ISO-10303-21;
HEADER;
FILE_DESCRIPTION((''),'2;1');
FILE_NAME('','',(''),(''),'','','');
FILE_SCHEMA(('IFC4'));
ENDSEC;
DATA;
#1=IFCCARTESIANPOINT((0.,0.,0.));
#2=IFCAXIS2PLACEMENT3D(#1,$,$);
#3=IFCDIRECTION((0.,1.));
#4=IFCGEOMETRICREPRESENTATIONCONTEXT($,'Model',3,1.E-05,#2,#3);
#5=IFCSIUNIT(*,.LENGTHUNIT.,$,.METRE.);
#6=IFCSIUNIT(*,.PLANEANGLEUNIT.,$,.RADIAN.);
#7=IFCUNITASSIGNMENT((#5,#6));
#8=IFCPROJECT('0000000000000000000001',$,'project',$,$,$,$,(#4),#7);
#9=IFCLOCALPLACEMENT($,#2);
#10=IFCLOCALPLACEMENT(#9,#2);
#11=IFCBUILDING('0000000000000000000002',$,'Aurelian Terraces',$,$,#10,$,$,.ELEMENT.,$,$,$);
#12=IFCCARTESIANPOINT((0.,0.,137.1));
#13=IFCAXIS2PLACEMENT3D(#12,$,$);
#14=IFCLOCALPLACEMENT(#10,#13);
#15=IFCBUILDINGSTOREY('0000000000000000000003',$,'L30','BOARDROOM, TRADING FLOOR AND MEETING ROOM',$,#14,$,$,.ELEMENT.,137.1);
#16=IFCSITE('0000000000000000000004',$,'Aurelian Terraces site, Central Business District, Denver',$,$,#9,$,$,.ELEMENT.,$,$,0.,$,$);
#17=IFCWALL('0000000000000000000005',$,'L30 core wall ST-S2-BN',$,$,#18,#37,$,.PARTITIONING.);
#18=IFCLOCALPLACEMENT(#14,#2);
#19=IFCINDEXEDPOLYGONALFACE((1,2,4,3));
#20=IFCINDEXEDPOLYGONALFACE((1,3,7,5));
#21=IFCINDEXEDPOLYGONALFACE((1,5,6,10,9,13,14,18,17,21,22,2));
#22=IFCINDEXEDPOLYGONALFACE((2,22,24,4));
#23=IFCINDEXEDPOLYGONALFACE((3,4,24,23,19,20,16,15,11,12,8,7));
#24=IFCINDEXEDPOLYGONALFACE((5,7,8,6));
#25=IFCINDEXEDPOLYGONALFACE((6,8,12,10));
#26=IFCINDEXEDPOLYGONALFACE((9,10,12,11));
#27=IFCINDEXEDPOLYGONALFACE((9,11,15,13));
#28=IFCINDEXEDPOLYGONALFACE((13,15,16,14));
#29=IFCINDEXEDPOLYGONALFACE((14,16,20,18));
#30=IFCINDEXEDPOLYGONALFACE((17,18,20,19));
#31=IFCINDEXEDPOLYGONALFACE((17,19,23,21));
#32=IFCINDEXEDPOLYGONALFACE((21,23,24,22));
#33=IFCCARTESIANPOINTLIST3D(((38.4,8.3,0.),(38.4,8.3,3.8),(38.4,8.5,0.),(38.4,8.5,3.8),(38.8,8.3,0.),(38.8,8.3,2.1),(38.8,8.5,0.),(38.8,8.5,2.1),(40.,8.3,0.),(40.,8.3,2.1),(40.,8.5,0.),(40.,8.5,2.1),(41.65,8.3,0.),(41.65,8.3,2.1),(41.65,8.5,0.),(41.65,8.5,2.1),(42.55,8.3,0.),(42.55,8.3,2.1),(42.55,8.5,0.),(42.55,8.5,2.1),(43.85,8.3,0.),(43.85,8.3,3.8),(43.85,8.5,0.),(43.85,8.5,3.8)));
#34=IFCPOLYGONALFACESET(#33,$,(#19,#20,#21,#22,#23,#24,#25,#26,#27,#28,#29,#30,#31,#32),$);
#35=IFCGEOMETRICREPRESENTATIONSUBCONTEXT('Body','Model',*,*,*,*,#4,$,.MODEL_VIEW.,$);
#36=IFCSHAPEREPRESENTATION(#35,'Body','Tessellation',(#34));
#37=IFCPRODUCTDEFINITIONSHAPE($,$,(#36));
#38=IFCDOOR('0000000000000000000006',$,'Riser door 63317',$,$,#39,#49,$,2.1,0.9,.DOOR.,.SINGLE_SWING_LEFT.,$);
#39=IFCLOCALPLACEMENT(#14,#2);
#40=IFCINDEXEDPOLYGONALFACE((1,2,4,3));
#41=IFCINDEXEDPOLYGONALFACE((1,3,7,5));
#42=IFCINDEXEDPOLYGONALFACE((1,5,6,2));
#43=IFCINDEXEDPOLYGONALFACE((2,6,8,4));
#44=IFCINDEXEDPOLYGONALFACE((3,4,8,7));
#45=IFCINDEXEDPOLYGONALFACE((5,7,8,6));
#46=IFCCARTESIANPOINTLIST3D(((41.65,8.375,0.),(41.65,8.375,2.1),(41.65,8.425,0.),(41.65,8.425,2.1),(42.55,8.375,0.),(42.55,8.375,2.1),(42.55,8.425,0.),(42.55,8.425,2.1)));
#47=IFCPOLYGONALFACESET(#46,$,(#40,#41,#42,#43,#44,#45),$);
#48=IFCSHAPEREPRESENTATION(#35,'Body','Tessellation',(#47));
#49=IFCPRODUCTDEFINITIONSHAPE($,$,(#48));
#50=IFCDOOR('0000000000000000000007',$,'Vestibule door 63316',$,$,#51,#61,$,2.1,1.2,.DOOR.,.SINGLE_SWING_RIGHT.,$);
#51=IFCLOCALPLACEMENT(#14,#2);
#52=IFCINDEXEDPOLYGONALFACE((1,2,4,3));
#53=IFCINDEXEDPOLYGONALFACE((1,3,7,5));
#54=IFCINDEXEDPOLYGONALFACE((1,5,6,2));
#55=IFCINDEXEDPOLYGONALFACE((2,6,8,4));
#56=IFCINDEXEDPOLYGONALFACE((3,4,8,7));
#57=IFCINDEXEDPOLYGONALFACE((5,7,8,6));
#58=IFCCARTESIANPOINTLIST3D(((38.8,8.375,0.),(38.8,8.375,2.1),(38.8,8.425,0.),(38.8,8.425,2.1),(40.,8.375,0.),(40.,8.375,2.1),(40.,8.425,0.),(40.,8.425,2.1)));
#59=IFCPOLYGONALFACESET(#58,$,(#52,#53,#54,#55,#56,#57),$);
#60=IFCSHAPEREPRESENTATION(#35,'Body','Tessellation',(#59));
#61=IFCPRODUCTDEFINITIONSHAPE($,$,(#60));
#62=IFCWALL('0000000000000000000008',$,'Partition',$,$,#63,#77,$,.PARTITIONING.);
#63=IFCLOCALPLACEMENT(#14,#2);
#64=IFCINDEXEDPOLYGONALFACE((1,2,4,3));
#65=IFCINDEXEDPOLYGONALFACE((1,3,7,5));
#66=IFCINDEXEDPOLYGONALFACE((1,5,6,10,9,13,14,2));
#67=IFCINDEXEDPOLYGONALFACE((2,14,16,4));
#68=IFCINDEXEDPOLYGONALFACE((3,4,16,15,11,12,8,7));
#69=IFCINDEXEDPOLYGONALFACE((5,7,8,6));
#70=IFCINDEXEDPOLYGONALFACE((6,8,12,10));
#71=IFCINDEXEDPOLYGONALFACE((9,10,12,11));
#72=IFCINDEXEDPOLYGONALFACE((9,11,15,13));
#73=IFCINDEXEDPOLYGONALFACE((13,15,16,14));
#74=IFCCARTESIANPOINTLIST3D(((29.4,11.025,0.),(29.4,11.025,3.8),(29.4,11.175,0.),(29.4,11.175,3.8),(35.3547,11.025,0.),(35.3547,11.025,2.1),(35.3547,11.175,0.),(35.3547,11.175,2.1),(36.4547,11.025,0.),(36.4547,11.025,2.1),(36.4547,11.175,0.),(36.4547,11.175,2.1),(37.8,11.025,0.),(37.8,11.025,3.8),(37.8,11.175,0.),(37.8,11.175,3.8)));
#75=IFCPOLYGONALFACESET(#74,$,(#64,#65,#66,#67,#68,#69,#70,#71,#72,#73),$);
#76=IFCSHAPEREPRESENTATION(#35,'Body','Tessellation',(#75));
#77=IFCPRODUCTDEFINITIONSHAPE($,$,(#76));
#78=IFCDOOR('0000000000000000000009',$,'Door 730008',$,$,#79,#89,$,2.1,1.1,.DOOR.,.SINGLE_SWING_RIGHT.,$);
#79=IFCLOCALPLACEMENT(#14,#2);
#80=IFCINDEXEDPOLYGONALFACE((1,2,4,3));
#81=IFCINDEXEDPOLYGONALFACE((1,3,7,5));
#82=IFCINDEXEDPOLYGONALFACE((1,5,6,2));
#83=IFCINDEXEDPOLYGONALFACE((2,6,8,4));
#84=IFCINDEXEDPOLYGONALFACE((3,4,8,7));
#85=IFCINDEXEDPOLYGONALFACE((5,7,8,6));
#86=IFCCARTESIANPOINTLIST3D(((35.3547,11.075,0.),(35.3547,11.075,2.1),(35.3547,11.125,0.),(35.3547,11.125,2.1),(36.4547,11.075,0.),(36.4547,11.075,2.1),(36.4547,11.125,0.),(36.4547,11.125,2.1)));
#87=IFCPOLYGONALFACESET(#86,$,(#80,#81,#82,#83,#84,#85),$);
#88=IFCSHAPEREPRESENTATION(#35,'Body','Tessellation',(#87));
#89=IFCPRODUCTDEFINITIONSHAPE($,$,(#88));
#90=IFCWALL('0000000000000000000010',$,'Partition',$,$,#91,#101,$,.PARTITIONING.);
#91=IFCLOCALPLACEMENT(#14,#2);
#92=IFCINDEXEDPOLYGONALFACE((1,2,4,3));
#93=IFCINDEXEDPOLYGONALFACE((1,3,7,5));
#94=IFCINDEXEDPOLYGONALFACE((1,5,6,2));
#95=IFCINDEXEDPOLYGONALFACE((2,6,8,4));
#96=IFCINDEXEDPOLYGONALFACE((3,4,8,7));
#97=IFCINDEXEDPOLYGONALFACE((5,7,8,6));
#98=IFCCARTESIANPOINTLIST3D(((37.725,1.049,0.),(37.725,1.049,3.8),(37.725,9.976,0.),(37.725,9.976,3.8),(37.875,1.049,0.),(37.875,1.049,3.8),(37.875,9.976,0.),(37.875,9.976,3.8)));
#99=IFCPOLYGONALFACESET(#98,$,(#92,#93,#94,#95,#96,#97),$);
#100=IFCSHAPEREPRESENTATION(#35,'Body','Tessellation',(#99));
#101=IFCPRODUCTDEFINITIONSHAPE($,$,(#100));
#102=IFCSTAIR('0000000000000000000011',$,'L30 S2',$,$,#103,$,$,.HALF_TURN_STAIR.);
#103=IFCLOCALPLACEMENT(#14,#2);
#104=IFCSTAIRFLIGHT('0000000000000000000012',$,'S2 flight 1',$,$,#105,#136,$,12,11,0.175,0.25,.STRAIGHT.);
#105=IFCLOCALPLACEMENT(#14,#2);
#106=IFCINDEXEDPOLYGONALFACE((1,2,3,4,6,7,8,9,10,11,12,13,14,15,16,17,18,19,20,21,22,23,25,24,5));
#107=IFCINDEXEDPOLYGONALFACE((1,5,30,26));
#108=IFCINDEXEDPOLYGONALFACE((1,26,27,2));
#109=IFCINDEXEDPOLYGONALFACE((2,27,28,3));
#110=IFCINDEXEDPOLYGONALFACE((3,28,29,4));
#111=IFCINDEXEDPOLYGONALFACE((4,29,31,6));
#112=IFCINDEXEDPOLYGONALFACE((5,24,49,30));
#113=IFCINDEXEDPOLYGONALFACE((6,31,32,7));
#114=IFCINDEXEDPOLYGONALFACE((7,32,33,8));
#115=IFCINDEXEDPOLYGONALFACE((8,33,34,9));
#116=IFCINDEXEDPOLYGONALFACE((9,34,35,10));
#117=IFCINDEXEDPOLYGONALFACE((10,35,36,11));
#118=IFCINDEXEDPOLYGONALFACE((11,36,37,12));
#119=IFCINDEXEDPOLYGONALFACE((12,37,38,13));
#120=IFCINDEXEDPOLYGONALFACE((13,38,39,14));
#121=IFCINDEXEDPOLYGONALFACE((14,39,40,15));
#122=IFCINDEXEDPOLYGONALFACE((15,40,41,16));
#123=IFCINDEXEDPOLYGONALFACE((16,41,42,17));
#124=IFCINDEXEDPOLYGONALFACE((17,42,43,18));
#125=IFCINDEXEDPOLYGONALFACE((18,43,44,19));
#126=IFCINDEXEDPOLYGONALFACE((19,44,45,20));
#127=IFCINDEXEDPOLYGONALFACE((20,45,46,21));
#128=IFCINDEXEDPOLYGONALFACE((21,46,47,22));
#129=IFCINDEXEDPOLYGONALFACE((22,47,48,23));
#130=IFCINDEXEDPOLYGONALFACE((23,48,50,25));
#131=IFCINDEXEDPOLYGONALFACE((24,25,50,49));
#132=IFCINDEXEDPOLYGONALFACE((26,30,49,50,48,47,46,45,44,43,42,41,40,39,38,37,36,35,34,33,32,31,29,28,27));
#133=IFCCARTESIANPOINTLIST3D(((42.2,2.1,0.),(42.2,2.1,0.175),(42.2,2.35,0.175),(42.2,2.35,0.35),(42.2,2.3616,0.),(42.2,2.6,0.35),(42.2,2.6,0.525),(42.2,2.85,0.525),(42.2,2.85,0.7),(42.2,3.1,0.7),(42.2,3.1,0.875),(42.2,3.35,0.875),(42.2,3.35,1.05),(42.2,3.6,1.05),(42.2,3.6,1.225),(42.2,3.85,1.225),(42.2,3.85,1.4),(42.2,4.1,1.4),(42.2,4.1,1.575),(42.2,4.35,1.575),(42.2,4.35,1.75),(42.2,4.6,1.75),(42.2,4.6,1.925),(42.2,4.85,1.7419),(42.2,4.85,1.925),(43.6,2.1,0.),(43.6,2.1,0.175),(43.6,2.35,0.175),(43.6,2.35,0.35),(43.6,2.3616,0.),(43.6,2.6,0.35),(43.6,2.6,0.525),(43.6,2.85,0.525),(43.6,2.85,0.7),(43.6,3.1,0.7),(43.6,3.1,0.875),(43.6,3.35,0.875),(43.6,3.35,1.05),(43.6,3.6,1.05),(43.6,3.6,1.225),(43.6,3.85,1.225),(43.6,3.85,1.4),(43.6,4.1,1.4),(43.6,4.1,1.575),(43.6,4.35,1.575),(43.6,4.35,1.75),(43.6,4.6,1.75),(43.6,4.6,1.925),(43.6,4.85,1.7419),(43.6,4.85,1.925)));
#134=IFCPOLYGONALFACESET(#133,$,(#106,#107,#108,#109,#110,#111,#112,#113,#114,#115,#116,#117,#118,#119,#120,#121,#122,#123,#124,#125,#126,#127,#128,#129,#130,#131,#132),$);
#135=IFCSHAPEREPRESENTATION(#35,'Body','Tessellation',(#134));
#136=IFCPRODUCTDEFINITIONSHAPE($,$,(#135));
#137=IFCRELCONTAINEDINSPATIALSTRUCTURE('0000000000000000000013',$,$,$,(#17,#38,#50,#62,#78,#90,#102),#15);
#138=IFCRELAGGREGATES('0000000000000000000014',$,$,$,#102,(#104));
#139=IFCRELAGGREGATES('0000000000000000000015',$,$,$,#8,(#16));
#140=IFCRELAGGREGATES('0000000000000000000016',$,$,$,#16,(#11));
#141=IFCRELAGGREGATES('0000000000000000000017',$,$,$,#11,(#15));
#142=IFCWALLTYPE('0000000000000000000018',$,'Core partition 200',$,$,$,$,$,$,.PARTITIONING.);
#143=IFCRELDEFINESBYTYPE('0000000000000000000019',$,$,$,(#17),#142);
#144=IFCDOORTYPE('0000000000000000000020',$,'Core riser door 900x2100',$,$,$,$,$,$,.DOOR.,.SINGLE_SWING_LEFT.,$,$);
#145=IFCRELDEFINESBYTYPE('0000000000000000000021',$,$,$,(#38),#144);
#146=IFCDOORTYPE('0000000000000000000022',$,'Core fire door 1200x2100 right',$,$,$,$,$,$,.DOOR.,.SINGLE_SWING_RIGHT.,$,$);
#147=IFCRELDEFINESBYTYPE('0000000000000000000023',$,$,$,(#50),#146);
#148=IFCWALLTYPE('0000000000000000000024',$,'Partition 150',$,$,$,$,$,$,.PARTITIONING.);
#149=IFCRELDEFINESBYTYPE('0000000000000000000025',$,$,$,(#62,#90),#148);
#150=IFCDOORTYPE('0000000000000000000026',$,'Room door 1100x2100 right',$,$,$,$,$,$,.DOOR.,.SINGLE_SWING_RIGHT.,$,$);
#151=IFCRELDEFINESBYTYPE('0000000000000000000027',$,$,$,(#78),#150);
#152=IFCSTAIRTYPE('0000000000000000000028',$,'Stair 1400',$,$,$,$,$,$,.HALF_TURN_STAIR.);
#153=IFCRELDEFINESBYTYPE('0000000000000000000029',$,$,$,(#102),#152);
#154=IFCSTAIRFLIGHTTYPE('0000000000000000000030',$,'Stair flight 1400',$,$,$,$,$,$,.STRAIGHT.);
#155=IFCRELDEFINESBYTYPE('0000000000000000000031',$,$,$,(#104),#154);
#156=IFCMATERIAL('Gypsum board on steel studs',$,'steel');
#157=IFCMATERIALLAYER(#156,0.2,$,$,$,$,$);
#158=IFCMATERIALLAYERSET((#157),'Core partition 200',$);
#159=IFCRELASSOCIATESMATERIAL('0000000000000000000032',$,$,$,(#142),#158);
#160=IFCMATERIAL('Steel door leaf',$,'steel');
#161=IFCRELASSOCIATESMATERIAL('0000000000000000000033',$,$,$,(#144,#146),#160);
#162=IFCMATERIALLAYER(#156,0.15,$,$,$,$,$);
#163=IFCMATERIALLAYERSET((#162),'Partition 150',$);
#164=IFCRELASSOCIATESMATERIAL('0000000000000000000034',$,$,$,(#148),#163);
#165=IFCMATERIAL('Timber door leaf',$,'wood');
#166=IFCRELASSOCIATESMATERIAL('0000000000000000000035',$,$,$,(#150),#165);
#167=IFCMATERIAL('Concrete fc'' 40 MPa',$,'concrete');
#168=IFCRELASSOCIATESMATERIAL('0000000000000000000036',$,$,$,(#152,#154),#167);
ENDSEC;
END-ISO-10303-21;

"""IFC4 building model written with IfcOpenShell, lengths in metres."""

from ifc_helpers import new_model, si_unit, direction, frame, frame_2d, origin, place, context, subcontext, project, spatial, polyline, rectangle, outline, extrude, source, transform, mapped, material, layer, layer_set, type_object, element, fill, aggregate, save


model = new_model("IFC4")

# Units and contexts
model_context = context("Model", 3, precision=1e-05, world=origin(), true_north=direction((0.0, 1.0)))
body_context = subcontext(model_context, "Body", "Model", "MODEL_VIEW")
ifc_project = project(units=[si_unit("LENGTHUNIT", "METRE"), si_unit("PLANEANGLEUNIT", "RADIAN")], contexts=[model_context])

# Site, building, storey
site_placement = place(None, origin())
site = spatial("IfcSite", under=ifc_project, at=site_placement, Name="Aurelian Terraces site, Central Business District, Denver", CompositionType="ELEMENT", RefElevation=0.0)
building_placement = place(site_placement, origin())
building = spatial("IfcBuilding", under=site, at=building_placement, Name="Aurelian Terraces", CompositionType="ELEMENT")
storey_placement = place(building_placement, frame((0.0, 0.0, 137.1)))
storey = spatial("IfcBuildingStorey", under=building, at=storey_placement, Name="L30", Description="BOARDROOM, TRADING FLOOR AND MEETING ROOM", CompositionType="ELEMENT", Elevation=137.1)

# Shared definitions
ifc_material_1 = material(Name="Concrete fc' 40 MPa", Category="concrete")

# Shared definitions
ifc_material_2 = material(Name="Steel door leaf", Category="steel")
shared_shape_1 = source(origin(), body_context, "Body", "SweptSolid", [
    extrude(rectangle(XDim=1.1, YDim=2.1, at=frame_2d((0.55, 1.05))), frame((0.0, 0.025, 0.0), z_axis=(0.0, -1.0, 0.0), x_axis=(1.0, 0.0, 0.0)), (0.0, 0.0, 1.0), 0.05),
])

# Shared definitions
ifc_material_3 = material(Name="Gypsum board on steel studs", Category="steel")
ifc_layer_1 = layer(ifc_material_3, 0.2)
ifc_layer_set_1 = layer_set([ifc_layer_1], Name="Core partition 200")
wall_type_1 = type_object("IfcWallType", Name="Core partition 200", PredefinedType="PARTITIONING", material=ifc_layer_set_1)

# Wall, openings, doors
shared_shape_2 = source(origin(), body_context, "Body", "SweptSolid", [
    extrude(rectangle(XDim=5.45, YDim=0.2, at=frame_2d((2.725, 0.0))), origin(), (0.0, 0.0, 1.0), 3.8),
])
wall_1_placement = place(storey_placement, frame((38.4, 8.4, 0.0), z_axis=(0.0, 0.0, 1.0), x_axis=(1.0, 0.0, 0.0)))
wall_1 = element("IfcWall", 1, at=wall_1_placement, inside=storey, type_object=wall_type_1, Name="L30 core wall ST-S2-BN", PredefinedType="PARTITIONING", context=body_context, shape_type="MappedRepresentation", body=[
    mapped(shared_shape_2, transform((0.0, 0.0, 0.0), scale=1.0)),
])
shared_shape_3 = source(origin(), body_context, "Body", "SweptSolid", [
    extrude(rectangle(XDim=1.2, YDim=2.1, at=frame_2d((0.6, 1.05))), frame((0.0, 0.11, 0.0), z_axis=(0.0, -1.0, 0.0), x_axis=(1.0, 0.0, 0.0)), (0.0, 0.0, 1.0), 0.22),
])
opening_1_placement = place(wall_1_placement, frame((0.4, 0.0, 0.0)))
opening_1 = element("IfcOpeningElement", 2, at=opening_1_placement, cuts=wall_1, PredefinedType="OPENING", context=body_context, shape_type="MappedRepresentation", body=[
    mapped(shared_shape_3, transform((0.0, 0.0, 0.0), scale=1.0)),
])
shared_shape_4 = source(origin(), body_context, "Body", "SweptSolid", [
    extrude(rectangle(XDim=0.9, YDim=2.1, at=frame_2d((0.45, 1.05))), frame((0.0, 0.11, 0.0), z_axis=(0.0, -1.0, 0.0), x_axis=(1.0, 0.0, 0.0)), (0.0, 0.0, 1.0), 0.22),
])
opening_2_placement = place(wall_1_placement, frame((3.25, 0.0, 0.0)))
opening_2 = element("IfcOpeningElement", 3, at=opening_2_placement, cuts=wall_1, PredefinedType="OPENING", context=body_context, shape_type="MappedRepresentation", body=[
    mapped(shared_shape_4, transform((0.0, 0.0, 0.0), scale=1.0)),
])
door_type_1 = type_object("IfcDoorType", Name="Core riser door 900x2100", OperationType="SINGLE_SWING_LEFT", PredefinedType="DOOR", material=ifc_material_2)
shared_shape_5 = source(origin(), body_context, "Body", "SweptSolid", [
    extrude(rectangle(XDim=0.9, YDim=2.1, at=frame_2d((0.45, 1.05))), frame((0.0, 0.025, 0.0), z_axis=(0.0, -1.0, 0.0), x_axis=(1.0, 0.0, 0.0)), (0.0, 0.0, 1.0), 0.05),
])
door_1_placement = place(opening_2_placement, origin())
door_1 = element("IfcDoor", 4, at=door_1_placement, inside=storey, type_object=door_type_1, Name="Riser door 63317", OperationType="SINGLE_SWING_LEFT", OverallHeight=2.1, OverallWidth=0.9, PredefinedType="DOOR", context=body_context, shape_type="MappedRepresentation", body=[
    mapped(shared_shape_5, transform((0.0, 0.0, 0.0), scale=1.0)),
])
fill(opening_2, door_1)
door_type_2 = type_object("IfcDoorType", Name="Core fire door 1200x2100 right", OperationType="SINGLE_SWING_RIGHT", PredefinedType="DOOR", material=ifc_material_2)
shared_shape_6 = source(origin(), body_context, "Body", "SweptSolid", [
    extrude(rectangle(XDim=1.2, YDim=2.1, at=frame_2d((0.6, 1.05))), frame((0.0, 0.025, 0.0), z_axis=(0.0, -1.0, 0.0), x_axis=(1.0, 0.0, 0.0)), (0.0, 0.0, 1.0), 0.05),
])
door_2_placement = place(opening_1_placement, origin())
door_2 = element("IfcDoor", 5, at=door_2_placement, inside=storey, type_object=door_type_2, Name="Vestibule door 63316", OperationType="SINGLE_SWING_RIGHT", OverallHeight=2.1, OverallWidth=1.2, PredefinedType="DOOR", context=body_context, shape_type="MappedRepresentation", body=[
    mapped(shared_shape_6, transform((0.0, 0.0, 0.0), scale=1.0)),
])
fill(opening_1, door_2)

# Wall, opening, door
ifc_layer_2 = layer(ifc_material_3, 0.15)
ifc_layer_set_2 = layer_set([ifc_layer_2], Name="Partition 150")
wall_type_2 = type_object("IfcWallType", Name="Partition 150", PredefinedType="PARTITIONING", material=ifc_layer_set_2)
shared_shape_7 = source(origin(), body_context, "Body", "SweptSolid", [
    extrude(rectangle(XDim=8.4, YDim=0.15, at=frame_2d((4.2, 0.0))), origin(), (0.0, 0.0, 1.0), 3.8),
])
wall_2_placement = place(storey_placement, frame((37.8, 11.1, 0.0), z_axis=(0.0, 0.0, 1.0), x_axis=(-1.0, 0.0, 0.0)))
wall_2 = element("IfcWall", 6, at=wall_2_placement, inside=storey, type_object=wall_type_2, Name="Partition", PredefinedType="PARTITIONING", context=body_context, shape_type="MappedRepresentation", body=[
    mapped(shared_shape_7, transform((0.0, 0.0, 0.0), scale=1.0)),
])
shared_shape_8 = source(origin(), body_context, "Body", "SweptSolid", [
    extrude(rectangle(XDim=1.1, YDim=2.1, at=frame_2d((0.55, 1.05))), frame((0.0, 0.085, 0.0), z_axis=(0.0, -1.0, 0.0), x_axis=(1.0, 0.0, 0.0)), (0.0, 0.0, 1.0), 0.17),
])
opening_3_placement = place(wall_2_placement, frame((1.3453, 0.0, 0.0)))
opening_3 = element("IfcOpeningElement", 7, at=opening_3_placement, cuts=wall_2, PredefinedType="OPENING", context=body_context, shape_type="MappedRepresentation", body=[
    mapped(shared_shape_8, transform((0.0, 0.0, 0.0), scale=1.0)),
])
ifc_material_4 = material(Name="Timber door leaf", Category="wood")
door_type_3 = type_object("IfcDoorType", Name="Room door 1100x2100 right", OperationType="SINGLE_SWING_RIGHT", PredefinedType="DOOR", material=ifc_material_4)
door_3_placement = place(opening_3_placement, origin())
door_3 = element("IfcDoor", 8, at=door_3_placement, inside=storey, type_object=door_type_3, Name="Door 730008", OperationType="SINGLE_SWING_RIGHT", OverallHeight=2.1, OverallWidth=1.1, PredefinedType="DOOR", context=body_context, shape_type="MappedRepresentation", body=[
    mapped(shared_shape_1, transform((0.0, 0.0, 0.0), scale=1.0)),
])
fill(opening_3, door_3)

# Wall
shared_shape_9 = source(origin(), body_context, "Body", "SweptSolid", [
    extrude(rectangle(XDim=8.927, YDim=0.15, at=frame_2d((4.4635, 0.0))), origin(), (0.0, 0.0, 1.0), 3.8),
])
wall_3_placement = place(storey_placement, frame((37.8, 1.049, 0.0), z_axis=(0.0, 0.0, 1.0), x_axis=(0.0, 1.0, 0.0)))
element("IfcWall", 9, at=wall_3_placement, inside=storey, type_object=wall_type_2, Name="Partition", PredefinedType="PARTITIONING", context=body_context, shape_type="MappedRepresentation", body=[
    mapped(shared_shape_9, transform((0.0, 0.0, 0.0), scale=1.0)),
])

# Stair, stair flight
stair_type = type_object("IfcStairType", Name="Stair 1400", PredefinedType="HALF_TURN_STAIR", material=ifc_material_1)
stair_placement = place(storey_placement, origin())
stair = element("IfcStair", 10, at=stair_placement, inside=storey, type_object=stair_type, Name="L30 S2", PredefinedType="HALF_TURN_STAIR")
stair_flight_type = type_object("IfcStairFlightType", Name="Stair flight 1400", PredefinedType="STRAIGHT", material=ifc_material_1)
shared_shape_10 = source(origin(), body_context, "Body", "SweptSolid", [
    extrude(outline(polyline([(0.0, 0.0), (0.0, 0.175), (0.25, 0.175), (0.25, 0.35), (0.5, 0.35), (0.5, 0.525), (0.75, 0.525), (0.75, 0.7), (1.0, 0.7), (1.0, 0.875), (1.25, 0.875), (1.25, 1.05), (1.5, 1.05), (1.5, 1.225), (1.75, 1.225), (1.75, 1.4), (2.0, 1.4), (2.0, 1.575), (2.25, 1.575), (2.25, 1.75), (2.5, 1.75), (2.5, 1.925), (2.75, 1.925), (2.75, 2.1), (2.75, 1.7419), (0.2616, 0.0), (0.0, 0.0)])), frame((0.0, 0.7, 0.0), z_axis=(0.0, -1.0, 0.0), x_axis=(1.0, 0.0, 0.0)), (0.0, 0.0, 1.0), 1.4),
])
stair_flight_1_placement = place(storey_placement, frame((42.9, 2.1, 0.0), z_axis=(0.0, 0.0, 1.0), x_axis=(0.0, 1.0, 0.0)))
stair_flight_1 = element("IfcStairFlight", 11, at=stair_flight_1_placement, type_object=stair_flight_type, Name="S2 flight 1", NumberOfRisers=12, NumberOfTreads=11, PredefinedType="STRAIGHT", RiserHeight=0.175, TreadLength=0.25, context=body_context, shape_type="MappedRepresentation", body=[
    mapped(shared_shape_10, transform((0.0, 0.0, 0.0), scale=1.0)),
])
aggregate(stair, [stair_flight_1])

save(model, "model.ifc")
